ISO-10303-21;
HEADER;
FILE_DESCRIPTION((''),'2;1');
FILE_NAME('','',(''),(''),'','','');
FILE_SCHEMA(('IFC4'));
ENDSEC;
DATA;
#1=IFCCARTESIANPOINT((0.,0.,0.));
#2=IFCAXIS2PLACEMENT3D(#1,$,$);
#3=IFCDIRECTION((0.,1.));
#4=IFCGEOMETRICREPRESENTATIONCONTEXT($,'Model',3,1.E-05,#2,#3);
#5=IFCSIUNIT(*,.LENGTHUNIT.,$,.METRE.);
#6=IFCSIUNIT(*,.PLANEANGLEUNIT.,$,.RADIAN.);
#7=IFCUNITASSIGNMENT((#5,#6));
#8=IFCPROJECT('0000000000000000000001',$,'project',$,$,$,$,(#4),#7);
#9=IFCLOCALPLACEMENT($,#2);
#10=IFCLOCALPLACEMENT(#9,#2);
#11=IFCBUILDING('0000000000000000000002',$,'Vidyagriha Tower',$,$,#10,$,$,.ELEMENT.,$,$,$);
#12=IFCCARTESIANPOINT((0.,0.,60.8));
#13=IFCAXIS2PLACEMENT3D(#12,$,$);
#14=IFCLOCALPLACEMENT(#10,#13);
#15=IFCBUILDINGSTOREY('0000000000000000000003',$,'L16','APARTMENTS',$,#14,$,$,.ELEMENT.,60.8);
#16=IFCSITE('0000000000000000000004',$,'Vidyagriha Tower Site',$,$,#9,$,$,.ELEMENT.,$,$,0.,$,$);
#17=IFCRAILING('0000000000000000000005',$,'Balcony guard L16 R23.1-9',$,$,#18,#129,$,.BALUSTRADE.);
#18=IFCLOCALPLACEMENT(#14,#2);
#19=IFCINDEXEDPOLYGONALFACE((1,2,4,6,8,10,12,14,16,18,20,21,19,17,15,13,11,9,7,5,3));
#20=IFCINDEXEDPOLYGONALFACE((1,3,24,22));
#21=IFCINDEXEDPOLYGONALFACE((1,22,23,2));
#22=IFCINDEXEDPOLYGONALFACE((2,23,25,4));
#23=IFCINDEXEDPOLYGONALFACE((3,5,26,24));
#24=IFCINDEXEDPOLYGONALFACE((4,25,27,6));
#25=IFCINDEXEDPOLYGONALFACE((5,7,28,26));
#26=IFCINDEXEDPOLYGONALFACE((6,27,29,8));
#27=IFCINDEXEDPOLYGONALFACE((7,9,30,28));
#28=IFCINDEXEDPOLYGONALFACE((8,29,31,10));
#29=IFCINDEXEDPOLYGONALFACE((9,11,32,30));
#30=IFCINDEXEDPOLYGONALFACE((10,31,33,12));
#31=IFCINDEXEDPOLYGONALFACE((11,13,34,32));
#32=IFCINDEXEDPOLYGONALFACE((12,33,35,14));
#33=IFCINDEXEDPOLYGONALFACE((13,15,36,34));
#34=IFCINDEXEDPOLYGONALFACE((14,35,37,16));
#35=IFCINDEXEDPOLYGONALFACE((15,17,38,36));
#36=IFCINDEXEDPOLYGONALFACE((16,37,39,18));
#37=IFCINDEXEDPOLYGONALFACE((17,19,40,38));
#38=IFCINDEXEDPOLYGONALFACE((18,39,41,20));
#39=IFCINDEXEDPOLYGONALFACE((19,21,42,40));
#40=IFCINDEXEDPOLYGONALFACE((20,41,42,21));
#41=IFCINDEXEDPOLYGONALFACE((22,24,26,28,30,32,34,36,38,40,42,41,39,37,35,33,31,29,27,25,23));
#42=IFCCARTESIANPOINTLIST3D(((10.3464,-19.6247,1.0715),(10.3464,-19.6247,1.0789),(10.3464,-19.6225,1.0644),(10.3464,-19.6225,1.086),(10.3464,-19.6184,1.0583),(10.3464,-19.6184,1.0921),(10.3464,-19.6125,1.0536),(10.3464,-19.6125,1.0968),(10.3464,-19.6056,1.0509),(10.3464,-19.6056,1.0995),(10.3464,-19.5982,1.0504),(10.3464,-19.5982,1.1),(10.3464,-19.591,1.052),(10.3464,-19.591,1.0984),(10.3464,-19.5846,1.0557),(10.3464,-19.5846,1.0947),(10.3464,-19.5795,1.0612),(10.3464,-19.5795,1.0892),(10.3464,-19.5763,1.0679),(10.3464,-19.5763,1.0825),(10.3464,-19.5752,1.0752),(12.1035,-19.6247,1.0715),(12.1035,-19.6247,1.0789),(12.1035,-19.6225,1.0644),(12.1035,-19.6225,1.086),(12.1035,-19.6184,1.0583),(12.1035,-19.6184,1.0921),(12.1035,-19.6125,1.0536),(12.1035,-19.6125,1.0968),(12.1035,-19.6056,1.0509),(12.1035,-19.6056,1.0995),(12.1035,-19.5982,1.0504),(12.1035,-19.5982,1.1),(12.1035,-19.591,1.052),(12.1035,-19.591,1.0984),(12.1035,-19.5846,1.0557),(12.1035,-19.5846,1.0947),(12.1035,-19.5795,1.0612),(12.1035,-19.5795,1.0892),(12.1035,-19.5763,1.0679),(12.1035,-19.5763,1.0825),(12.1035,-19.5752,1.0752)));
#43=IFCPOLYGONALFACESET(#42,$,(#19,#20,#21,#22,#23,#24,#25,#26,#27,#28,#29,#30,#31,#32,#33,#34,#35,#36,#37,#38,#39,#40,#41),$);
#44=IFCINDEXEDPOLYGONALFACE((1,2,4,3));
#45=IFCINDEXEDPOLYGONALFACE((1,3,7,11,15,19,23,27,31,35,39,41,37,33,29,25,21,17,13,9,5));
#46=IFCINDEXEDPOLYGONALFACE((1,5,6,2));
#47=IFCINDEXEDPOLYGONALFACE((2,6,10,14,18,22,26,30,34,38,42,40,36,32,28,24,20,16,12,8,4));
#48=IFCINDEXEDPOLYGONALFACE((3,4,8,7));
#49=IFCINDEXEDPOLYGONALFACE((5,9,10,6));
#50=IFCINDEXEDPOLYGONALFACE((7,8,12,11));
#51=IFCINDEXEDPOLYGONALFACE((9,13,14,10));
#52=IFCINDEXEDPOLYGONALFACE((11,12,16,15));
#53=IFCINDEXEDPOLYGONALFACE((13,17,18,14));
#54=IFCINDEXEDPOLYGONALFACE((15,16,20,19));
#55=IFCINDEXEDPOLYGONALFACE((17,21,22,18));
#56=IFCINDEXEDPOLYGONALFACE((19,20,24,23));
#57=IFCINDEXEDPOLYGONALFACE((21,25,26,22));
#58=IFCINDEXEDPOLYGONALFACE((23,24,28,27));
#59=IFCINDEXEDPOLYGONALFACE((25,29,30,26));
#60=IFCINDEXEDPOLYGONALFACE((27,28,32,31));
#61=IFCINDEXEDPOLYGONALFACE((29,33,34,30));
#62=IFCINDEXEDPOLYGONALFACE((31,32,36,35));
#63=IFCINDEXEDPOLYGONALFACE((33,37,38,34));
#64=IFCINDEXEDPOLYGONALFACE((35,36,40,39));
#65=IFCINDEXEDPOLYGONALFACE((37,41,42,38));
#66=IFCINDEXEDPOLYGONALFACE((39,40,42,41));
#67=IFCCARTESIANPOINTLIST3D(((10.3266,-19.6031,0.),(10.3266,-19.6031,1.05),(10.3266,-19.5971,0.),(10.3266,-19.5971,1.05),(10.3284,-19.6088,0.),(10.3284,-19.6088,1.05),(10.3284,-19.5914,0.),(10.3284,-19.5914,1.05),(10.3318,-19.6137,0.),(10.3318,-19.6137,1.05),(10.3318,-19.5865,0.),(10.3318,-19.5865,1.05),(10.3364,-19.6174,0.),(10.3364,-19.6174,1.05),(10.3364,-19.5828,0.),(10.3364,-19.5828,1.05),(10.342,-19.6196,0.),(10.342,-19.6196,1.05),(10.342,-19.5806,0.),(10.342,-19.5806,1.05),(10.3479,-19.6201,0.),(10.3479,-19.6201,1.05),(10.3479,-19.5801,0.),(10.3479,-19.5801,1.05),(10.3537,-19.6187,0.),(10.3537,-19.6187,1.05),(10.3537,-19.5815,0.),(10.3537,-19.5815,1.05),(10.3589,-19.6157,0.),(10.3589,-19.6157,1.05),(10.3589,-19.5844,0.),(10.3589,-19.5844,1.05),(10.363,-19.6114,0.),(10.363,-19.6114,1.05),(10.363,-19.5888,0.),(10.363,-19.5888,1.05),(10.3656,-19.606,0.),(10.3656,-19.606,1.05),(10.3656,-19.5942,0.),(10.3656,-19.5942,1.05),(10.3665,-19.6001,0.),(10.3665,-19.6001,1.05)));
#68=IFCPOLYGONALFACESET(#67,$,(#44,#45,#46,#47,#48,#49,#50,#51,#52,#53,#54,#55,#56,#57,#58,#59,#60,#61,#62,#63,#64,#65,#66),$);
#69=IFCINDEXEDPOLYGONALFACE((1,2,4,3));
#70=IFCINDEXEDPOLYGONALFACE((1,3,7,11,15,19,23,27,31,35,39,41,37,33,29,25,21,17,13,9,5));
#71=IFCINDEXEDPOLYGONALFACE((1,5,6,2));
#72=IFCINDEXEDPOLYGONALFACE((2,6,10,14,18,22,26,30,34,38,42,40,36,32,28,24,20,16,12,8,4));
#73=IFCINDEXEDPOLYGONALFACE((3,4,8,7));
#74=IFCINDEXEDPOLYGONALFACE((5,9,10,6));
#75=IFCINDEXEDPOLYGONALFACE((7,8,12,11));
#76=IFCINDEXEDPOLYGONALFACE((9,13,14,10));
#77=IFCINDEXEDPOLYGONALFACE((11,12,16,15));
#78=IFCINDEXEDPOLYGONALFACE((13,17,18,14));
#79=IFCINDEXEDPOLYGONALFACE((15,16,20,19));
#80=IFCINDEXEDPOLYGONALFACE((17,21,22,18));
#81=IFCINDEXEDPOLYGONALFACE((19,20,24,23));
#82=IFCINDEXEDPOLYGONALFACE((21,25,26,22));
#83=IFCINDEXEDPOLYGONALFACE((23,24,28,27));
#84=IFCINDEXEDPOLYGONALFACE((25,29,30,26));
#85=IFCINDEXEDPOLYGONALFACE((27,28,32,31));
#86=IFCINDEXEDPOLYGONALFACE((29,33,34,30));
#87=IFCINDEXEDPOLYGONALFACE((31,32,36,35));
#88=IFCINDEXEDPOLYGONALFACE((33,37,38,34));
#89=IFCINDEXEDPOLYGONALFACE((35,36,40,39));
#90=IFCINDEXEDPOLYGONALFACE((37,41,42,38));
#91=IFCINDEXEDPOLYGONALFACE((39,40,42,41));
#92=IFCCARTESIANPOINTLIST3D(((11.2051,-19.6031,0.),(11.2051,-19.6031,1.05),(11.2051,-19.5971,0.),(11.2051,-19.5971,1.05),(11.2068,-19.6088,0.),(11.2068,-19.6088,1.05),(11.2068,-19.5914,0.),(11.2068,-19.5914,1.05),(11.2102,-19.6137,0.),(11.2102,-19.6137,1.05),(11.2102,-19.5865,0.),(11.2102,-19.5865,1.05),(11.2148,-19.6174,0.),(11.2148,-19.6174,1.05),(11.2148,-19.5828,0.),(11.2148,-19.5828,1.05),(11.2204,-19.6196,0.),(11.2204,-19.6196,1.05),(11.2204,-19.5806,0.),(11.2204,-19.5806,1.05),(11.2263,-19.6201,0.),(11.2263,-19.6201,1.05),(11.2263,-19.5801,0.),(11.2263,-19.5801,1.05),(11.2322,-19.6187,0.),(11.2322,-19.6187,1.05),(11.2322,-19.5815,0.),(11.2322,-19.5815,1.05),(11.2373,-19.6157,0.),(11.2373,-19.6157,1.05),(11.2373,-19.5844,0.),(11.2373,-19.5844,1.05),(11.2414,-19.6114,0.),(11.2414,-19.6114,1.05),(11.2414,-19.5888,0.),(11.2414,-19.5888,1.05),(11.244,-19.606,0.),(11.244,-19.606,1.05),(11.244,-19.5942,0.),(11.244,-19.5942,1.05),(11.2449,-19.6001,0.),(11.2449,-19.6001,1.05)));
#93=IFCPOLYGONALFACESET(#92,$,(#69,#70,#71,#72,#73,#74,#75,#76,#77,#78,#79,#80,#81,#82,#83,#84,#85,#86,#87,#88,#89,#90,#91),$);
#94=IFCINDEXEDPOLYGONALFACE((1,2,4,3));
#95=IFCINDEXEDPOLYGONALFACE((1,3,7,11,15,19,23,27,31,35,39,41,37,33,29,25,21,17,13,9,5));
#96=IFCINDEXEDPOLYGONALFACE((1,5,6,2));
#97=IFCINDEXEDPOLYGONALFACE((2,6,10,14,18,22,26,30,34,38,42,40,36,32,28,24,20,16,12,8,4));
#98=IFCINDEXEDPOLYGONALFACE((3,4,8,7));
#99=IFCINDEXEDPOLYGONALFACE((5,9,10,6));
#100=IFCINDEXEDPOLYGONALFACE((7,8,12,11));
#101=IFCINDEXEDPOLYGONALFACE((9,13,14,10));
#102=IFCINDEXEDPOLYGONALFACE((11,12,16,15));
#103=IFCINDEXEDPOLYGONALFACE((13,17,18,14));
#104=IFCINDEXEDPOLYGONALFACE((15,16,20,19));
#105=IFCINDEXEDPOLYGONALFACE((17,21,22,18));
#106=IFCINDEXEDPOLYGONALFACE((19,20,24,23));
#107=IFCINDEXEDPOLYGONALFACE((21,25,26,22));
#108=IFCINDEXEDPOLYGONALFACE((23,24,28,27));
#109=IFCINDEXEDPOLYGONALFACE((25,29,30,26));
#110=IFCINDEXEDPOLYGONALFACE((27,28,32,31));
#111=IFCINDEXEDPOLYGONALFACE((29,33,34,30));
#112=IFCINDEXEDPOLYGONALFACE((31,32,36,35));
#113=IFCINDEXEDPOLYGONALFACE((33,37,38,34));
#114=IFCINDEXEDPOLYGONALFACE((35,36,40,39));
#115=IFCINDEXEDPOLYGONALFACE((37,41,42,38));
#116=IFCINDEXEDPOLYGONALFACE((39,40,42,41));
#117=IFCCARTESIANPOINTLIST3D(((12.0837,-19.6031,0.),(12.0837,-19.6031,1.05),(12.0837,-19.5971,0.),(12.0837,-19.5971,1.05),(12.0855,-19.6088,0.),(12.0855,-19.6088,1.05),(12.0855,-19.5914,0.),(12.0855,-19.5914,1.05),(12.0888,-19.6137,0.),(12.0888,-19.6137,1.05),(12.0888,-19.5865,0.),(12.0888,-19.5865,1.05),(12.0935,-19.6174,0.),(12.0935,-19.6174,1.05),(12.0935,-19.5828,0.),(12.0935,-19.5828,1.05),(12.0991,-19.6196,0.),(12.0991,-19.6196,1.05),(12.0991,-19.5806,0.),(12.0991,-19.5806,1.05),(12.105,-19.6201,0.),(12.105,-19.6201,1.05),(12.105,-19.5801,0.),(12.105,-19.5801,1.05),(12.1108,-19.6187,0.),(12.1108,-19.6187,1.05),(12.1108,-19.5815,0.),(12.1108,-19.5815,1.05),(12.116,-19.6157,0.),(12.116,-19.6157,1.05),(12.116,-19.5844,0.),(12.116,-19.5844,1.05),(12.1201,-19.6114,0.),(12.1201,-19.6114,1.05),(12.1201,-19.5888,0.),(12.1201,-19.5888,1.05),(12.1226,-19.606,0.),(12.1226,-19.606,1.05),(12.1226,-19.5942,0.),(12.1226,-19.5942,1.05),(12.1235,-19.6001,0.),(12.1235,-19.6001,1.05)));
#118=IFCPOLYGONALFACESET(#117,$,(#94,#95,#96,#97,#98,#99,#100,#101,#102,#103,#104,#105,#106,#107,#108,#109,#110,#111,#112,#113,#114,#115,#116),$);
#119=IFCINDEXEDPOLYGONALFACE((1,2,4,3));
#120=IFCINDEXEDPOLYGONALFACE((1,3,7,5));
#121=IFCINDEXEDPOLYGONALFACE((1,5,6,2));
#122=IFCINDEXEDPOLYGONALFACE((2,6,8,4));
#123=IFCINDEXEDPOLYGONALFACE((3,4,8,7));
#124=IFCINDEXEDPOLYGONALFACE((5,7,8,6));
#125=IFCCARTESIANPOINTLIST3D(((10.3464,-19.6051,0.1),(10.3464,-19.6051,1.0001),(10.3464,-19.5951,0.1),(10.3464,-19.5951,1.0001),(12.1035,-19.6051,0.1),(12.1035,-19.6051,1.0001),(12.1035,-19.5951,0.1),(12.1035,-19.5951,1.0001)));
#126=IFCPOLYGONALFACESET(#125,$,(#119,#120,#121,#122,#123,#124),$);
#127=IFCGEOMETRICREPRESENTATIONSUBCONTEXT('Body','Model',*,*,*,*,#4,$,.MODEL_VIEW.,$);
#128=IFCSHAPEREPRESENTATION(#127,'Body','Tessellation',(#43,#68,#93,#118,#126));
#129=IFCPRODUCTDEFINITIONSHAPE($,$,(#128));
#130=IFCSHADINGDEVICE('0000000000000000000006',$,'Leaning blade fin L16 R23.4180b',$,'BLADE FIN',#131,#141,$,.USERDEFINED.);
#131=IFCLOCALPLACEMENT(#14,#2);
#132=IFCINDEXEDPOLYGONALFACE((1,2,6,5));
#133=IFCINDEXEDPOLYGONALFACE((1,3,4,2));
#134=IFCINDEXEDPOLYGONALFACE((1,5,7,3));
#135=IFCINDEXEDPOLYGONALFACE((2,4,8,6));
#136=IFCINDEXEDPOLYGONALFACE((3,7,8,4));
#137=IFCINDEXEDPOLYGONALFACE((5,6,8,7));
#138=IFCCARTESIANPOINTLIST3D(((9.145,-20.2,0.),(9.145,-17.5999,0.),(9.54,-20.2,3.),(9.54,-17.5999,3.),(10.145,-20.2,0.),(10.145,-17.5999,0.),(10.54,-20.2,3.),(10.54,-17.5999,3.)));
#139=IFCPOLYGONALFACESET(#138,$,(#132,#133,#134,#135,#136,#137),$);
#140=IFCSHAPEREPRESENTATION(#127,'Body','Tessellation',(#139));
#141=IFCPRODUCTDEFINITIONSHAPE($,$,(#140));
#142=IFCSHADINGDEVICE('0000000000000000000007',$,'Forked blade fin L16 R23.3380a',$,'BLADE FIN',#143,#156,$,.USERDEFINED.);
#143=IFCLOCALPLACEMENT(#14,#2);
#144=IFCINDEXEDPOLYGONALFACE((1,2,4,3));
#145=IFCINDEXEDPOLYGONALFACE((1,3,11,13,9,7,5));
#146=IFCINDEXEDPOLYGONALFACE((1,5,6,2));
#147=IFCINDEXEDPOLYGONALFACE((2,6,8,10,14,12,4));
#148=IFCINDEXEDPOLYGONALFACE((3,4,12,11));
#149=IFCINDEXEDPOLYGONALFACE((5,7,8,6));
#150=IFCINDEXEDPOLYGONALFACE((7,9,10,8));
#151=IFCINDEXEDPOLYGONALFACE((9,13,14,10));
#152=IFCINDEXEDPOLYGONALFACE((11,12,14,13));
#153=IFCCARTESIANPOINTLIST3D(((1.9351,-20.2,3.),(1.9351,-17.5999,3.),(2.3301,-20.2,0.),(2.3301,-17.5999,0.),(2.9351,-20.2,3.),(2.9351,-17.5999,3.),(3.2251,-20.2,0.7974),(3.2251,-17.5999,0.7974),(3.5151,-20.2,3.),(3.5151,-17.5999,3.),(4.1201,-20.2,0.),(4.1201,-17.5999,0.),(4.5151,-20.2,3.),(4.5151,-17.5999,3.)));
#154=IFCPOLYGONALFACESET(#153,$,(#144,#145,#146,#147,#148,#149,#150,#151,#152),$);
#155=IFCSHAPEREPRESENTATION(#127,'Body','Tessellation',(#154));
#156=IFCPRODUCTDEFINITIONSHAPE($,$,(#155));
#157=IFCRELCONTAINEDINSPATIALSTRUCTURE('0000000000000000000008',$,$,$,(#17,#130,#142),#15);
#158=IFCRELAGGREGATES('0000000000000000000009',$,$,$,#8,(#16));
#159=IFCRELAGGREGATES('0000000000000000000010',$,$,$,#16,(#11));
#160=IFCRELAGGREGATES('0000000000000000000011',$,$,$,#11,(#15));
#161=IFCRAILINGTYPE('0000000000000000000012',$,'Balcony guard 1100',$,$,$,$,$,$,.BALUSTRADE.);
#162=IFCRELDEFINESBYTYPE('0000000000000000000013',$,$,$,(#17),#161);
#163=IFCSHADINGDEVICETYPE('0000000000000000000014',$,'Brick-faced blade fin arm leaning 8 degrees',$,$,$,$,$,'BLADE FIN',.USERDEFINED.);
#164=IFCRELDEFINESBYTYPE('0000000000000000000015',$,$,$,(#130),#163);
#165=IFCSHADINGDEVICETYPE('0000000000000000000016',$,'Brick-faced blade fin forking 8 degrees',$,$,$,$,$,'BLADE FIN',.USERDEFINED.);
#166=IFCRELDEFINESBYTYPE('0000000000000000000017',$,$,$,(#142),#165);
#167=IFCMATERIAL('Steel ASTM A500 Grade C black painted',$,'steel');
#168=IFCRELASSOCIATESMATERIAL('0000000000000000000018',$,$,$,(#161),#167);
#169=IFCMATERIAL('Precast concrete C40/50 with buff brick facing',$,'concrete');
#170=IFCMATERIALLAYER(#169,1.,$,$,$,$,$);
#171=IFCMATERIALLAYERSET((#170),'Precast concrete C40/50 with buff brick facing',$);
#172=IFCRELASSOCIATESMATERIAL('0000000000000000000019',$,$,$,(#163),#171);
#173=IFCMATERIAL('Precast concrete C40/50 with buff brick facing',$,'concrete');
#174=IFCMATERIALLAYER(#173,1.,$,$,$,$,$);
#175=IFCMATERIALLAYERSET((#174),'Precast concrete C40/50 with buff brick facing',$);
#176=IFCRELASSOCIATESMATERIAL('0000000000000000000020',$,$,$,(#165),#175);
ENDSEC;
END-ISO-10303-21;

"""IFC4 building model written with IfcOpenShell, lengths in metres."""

from ifc_helpers import new_model, si_unit, direction, frame, origin, origin_2d, place, context, subcontext, project, spatial, polyline, rectangle, circle, outline, extrude, material, layer, layer_set, type_object, element, save


model = new_model("IFC4")

# Units and contexts
model_context = context("Model", 3, precision=1e-05, world=origin(), true_north=direction((0.0, 1.0)))
body_context = subcontext(model_context, "Body", "Model", "MODEL_VIEW")
ifc_project = project(units=[si_unit("LENGTHUNIT", "METRE"), si_unit("PLANEANGLEUNIT", "RADIAN")], contexts=[model_context])

# Site, building, storey
site_placement = place(None, origin())
site = spatial("IfcSite", under=ifc_project, at=site_placement, Name="Vidyagriha Tower Site", CompositionType="ELEMENT", RefElevation=0.0)
building_placement = place(site_placement, origin())
building = spatial("IfcBuilding", under=site, at=building_placement, Name="Vidyagriha Tower", CompositionType="ELEMENT")
storey_placement = place(building_placement, frame((0.0, 0.0, 60.8)))
storey = spatial("IfcBuildingStorey", under=building, at=storey_placement, Name="L16", Description="APARTMENTS", CompositionType="ELEMENT", Elevation=60.8)

# Railing
ifc_material_1 = material(Name="Steel ASTM A500 Grade C black painted", Category="steel")
railing_type = type_object("IfcRailingType", Name="Balcony guard 1100", PredefinedType="BALUSTRADE", material=ifc_material_1)
railing_1_placement = place(storey_placement, frame((10.3464, -19.6001, 0.0)))
element("IfcRailing", 1, at=railing_1_placement, inside=storey, type_object=railing_type, Name="Balcony guard L16 R23.1-9", PredefinedType="BALUSTRADE", context=body_context, shape_type="SweptSolid", body=[
    extrude(circle(Radius=0.0249, at=origin_2d()), frame((0.0, 0.0, 1.0752), z_axis=(1.0, 0.0, 0.0), x_axis=(0.0, 1.0, 0.0)), (0.0, 0.0, 1.0), 1.7571),
    extrude(circle(Radius=0.02, at=origin_2d()), origin(), (0.0, 0.0, 1.0), 1.05),
    extrude(circle(Radius=0.02, at=origin_2d()), frame((0.8784, 0.0, 0.0)), (0.0, 0.0, 1.0), 1.05),
    extrude(circle(Radius=0.02, at=origin_2d()), frame((1.7571, 0.0, 0.0)), (0.0, 0.0, 1.0), 1.05),
    extrude(rectangle(XDim=0.01, YDim=0.9001, at=origin_2d()), frame((0.0, 0.0, 0.55), z_axis=(1.0, 0.0, 0.0), x_axis=(0.0, 1.0, 0.0)), (0.0, 0.0, 1.0), 1.7571),
])

# Shading devices
ifc_material_2 = material(Name="Precast concrete C40/50 with buff brick facing", Category="concrete")
ifc_layer_1 = layer(ifc_material_2, 1.0)
ifc_layer_set_1 = layer_set([ifc_layer_1], Name="Precast concrete C40/50 with buff brick facing")
shading_device_type_1 = type_object("IfcShadingDeviceType", Name="Brick-faced blade fin arm leaning 8 degrees", ElementType="BLADE FIN", PredefinedType="USERDEFINED", material=ifc_layer_set_1)
shading_device_1_placement = place(storey_placement, frame((9.145, -18.8999, 0.0)))
element("IfcShadingDevice", 2, at=shading_device_1_placement, inside=storey, type_object=shading_device_type_1, Name="Leaning blade fin L16 R23.4180b", ObjectType="BLADE FIN", PredefinedType="USERDEFINED", context=body_context, shape_type="SweptSolid", body=[
    extrude(outline(polyline([(0.0, 0.0), (1.0, 0.0), (1.395, 3.0), (0.395, 3.0), (0.0, 0.0)])), frame((0.0, 1.3, 0.0), z_axis=(0.0, -1.0, 0.0), x_axis=(1.0, 0.0, 0.0)), (0.0, 0.0, 1.0), 2.6001),
])
ifc_material_3 = material(Name="Precast concrete C40/50 with buff brick facing", Category="concrete")
ifc_layer_2 = layer(ifc_material_3, 1.0)
ifc_layer_set_2 = layer_set([ifc_layer_2], Name="Precast concrete C40/50 with buff brick facing")
shading_device_type_2 = type_object("IfcShadingDeviceType", Name="Brick-faced blade fin forking 8 degrees", ElementType="BLADE FIN", PredefinedType="USERDEFINED", material=ifc_layer_set_2)
shading_device_2_placement = place(storey_placement, frame((1.9351, -18.8999, 0.0)))
element("IfcShadingDevice", 3, at=shading_device_2_placement, inside=storey, type_object=shading_device_type_2, Name="Forked blade fin L16 R23.3380a", ObjectType="BLADE FIN", PredefinedType="USERDEFINED", context=body_context, shape_type="SweptSolid", body=[
    extrude(outline(polyline([(0.395, 0.0), (2.1851, 0.0), (2.5801, 3.0), (1.5801, 3.0), (1.29, 0.7974), (1.0, 3.0), (0.0, 3.0), (0.395, 0.0)])), frame((0.0, 1.3, 0.0), z_axis=(0.0, -1.0, 0.0), x_axis=(1.0, 0.0, 0.0)), (0.0, 0.0, 1.0), 2.6001),
])

save(model, "model.ifc")
